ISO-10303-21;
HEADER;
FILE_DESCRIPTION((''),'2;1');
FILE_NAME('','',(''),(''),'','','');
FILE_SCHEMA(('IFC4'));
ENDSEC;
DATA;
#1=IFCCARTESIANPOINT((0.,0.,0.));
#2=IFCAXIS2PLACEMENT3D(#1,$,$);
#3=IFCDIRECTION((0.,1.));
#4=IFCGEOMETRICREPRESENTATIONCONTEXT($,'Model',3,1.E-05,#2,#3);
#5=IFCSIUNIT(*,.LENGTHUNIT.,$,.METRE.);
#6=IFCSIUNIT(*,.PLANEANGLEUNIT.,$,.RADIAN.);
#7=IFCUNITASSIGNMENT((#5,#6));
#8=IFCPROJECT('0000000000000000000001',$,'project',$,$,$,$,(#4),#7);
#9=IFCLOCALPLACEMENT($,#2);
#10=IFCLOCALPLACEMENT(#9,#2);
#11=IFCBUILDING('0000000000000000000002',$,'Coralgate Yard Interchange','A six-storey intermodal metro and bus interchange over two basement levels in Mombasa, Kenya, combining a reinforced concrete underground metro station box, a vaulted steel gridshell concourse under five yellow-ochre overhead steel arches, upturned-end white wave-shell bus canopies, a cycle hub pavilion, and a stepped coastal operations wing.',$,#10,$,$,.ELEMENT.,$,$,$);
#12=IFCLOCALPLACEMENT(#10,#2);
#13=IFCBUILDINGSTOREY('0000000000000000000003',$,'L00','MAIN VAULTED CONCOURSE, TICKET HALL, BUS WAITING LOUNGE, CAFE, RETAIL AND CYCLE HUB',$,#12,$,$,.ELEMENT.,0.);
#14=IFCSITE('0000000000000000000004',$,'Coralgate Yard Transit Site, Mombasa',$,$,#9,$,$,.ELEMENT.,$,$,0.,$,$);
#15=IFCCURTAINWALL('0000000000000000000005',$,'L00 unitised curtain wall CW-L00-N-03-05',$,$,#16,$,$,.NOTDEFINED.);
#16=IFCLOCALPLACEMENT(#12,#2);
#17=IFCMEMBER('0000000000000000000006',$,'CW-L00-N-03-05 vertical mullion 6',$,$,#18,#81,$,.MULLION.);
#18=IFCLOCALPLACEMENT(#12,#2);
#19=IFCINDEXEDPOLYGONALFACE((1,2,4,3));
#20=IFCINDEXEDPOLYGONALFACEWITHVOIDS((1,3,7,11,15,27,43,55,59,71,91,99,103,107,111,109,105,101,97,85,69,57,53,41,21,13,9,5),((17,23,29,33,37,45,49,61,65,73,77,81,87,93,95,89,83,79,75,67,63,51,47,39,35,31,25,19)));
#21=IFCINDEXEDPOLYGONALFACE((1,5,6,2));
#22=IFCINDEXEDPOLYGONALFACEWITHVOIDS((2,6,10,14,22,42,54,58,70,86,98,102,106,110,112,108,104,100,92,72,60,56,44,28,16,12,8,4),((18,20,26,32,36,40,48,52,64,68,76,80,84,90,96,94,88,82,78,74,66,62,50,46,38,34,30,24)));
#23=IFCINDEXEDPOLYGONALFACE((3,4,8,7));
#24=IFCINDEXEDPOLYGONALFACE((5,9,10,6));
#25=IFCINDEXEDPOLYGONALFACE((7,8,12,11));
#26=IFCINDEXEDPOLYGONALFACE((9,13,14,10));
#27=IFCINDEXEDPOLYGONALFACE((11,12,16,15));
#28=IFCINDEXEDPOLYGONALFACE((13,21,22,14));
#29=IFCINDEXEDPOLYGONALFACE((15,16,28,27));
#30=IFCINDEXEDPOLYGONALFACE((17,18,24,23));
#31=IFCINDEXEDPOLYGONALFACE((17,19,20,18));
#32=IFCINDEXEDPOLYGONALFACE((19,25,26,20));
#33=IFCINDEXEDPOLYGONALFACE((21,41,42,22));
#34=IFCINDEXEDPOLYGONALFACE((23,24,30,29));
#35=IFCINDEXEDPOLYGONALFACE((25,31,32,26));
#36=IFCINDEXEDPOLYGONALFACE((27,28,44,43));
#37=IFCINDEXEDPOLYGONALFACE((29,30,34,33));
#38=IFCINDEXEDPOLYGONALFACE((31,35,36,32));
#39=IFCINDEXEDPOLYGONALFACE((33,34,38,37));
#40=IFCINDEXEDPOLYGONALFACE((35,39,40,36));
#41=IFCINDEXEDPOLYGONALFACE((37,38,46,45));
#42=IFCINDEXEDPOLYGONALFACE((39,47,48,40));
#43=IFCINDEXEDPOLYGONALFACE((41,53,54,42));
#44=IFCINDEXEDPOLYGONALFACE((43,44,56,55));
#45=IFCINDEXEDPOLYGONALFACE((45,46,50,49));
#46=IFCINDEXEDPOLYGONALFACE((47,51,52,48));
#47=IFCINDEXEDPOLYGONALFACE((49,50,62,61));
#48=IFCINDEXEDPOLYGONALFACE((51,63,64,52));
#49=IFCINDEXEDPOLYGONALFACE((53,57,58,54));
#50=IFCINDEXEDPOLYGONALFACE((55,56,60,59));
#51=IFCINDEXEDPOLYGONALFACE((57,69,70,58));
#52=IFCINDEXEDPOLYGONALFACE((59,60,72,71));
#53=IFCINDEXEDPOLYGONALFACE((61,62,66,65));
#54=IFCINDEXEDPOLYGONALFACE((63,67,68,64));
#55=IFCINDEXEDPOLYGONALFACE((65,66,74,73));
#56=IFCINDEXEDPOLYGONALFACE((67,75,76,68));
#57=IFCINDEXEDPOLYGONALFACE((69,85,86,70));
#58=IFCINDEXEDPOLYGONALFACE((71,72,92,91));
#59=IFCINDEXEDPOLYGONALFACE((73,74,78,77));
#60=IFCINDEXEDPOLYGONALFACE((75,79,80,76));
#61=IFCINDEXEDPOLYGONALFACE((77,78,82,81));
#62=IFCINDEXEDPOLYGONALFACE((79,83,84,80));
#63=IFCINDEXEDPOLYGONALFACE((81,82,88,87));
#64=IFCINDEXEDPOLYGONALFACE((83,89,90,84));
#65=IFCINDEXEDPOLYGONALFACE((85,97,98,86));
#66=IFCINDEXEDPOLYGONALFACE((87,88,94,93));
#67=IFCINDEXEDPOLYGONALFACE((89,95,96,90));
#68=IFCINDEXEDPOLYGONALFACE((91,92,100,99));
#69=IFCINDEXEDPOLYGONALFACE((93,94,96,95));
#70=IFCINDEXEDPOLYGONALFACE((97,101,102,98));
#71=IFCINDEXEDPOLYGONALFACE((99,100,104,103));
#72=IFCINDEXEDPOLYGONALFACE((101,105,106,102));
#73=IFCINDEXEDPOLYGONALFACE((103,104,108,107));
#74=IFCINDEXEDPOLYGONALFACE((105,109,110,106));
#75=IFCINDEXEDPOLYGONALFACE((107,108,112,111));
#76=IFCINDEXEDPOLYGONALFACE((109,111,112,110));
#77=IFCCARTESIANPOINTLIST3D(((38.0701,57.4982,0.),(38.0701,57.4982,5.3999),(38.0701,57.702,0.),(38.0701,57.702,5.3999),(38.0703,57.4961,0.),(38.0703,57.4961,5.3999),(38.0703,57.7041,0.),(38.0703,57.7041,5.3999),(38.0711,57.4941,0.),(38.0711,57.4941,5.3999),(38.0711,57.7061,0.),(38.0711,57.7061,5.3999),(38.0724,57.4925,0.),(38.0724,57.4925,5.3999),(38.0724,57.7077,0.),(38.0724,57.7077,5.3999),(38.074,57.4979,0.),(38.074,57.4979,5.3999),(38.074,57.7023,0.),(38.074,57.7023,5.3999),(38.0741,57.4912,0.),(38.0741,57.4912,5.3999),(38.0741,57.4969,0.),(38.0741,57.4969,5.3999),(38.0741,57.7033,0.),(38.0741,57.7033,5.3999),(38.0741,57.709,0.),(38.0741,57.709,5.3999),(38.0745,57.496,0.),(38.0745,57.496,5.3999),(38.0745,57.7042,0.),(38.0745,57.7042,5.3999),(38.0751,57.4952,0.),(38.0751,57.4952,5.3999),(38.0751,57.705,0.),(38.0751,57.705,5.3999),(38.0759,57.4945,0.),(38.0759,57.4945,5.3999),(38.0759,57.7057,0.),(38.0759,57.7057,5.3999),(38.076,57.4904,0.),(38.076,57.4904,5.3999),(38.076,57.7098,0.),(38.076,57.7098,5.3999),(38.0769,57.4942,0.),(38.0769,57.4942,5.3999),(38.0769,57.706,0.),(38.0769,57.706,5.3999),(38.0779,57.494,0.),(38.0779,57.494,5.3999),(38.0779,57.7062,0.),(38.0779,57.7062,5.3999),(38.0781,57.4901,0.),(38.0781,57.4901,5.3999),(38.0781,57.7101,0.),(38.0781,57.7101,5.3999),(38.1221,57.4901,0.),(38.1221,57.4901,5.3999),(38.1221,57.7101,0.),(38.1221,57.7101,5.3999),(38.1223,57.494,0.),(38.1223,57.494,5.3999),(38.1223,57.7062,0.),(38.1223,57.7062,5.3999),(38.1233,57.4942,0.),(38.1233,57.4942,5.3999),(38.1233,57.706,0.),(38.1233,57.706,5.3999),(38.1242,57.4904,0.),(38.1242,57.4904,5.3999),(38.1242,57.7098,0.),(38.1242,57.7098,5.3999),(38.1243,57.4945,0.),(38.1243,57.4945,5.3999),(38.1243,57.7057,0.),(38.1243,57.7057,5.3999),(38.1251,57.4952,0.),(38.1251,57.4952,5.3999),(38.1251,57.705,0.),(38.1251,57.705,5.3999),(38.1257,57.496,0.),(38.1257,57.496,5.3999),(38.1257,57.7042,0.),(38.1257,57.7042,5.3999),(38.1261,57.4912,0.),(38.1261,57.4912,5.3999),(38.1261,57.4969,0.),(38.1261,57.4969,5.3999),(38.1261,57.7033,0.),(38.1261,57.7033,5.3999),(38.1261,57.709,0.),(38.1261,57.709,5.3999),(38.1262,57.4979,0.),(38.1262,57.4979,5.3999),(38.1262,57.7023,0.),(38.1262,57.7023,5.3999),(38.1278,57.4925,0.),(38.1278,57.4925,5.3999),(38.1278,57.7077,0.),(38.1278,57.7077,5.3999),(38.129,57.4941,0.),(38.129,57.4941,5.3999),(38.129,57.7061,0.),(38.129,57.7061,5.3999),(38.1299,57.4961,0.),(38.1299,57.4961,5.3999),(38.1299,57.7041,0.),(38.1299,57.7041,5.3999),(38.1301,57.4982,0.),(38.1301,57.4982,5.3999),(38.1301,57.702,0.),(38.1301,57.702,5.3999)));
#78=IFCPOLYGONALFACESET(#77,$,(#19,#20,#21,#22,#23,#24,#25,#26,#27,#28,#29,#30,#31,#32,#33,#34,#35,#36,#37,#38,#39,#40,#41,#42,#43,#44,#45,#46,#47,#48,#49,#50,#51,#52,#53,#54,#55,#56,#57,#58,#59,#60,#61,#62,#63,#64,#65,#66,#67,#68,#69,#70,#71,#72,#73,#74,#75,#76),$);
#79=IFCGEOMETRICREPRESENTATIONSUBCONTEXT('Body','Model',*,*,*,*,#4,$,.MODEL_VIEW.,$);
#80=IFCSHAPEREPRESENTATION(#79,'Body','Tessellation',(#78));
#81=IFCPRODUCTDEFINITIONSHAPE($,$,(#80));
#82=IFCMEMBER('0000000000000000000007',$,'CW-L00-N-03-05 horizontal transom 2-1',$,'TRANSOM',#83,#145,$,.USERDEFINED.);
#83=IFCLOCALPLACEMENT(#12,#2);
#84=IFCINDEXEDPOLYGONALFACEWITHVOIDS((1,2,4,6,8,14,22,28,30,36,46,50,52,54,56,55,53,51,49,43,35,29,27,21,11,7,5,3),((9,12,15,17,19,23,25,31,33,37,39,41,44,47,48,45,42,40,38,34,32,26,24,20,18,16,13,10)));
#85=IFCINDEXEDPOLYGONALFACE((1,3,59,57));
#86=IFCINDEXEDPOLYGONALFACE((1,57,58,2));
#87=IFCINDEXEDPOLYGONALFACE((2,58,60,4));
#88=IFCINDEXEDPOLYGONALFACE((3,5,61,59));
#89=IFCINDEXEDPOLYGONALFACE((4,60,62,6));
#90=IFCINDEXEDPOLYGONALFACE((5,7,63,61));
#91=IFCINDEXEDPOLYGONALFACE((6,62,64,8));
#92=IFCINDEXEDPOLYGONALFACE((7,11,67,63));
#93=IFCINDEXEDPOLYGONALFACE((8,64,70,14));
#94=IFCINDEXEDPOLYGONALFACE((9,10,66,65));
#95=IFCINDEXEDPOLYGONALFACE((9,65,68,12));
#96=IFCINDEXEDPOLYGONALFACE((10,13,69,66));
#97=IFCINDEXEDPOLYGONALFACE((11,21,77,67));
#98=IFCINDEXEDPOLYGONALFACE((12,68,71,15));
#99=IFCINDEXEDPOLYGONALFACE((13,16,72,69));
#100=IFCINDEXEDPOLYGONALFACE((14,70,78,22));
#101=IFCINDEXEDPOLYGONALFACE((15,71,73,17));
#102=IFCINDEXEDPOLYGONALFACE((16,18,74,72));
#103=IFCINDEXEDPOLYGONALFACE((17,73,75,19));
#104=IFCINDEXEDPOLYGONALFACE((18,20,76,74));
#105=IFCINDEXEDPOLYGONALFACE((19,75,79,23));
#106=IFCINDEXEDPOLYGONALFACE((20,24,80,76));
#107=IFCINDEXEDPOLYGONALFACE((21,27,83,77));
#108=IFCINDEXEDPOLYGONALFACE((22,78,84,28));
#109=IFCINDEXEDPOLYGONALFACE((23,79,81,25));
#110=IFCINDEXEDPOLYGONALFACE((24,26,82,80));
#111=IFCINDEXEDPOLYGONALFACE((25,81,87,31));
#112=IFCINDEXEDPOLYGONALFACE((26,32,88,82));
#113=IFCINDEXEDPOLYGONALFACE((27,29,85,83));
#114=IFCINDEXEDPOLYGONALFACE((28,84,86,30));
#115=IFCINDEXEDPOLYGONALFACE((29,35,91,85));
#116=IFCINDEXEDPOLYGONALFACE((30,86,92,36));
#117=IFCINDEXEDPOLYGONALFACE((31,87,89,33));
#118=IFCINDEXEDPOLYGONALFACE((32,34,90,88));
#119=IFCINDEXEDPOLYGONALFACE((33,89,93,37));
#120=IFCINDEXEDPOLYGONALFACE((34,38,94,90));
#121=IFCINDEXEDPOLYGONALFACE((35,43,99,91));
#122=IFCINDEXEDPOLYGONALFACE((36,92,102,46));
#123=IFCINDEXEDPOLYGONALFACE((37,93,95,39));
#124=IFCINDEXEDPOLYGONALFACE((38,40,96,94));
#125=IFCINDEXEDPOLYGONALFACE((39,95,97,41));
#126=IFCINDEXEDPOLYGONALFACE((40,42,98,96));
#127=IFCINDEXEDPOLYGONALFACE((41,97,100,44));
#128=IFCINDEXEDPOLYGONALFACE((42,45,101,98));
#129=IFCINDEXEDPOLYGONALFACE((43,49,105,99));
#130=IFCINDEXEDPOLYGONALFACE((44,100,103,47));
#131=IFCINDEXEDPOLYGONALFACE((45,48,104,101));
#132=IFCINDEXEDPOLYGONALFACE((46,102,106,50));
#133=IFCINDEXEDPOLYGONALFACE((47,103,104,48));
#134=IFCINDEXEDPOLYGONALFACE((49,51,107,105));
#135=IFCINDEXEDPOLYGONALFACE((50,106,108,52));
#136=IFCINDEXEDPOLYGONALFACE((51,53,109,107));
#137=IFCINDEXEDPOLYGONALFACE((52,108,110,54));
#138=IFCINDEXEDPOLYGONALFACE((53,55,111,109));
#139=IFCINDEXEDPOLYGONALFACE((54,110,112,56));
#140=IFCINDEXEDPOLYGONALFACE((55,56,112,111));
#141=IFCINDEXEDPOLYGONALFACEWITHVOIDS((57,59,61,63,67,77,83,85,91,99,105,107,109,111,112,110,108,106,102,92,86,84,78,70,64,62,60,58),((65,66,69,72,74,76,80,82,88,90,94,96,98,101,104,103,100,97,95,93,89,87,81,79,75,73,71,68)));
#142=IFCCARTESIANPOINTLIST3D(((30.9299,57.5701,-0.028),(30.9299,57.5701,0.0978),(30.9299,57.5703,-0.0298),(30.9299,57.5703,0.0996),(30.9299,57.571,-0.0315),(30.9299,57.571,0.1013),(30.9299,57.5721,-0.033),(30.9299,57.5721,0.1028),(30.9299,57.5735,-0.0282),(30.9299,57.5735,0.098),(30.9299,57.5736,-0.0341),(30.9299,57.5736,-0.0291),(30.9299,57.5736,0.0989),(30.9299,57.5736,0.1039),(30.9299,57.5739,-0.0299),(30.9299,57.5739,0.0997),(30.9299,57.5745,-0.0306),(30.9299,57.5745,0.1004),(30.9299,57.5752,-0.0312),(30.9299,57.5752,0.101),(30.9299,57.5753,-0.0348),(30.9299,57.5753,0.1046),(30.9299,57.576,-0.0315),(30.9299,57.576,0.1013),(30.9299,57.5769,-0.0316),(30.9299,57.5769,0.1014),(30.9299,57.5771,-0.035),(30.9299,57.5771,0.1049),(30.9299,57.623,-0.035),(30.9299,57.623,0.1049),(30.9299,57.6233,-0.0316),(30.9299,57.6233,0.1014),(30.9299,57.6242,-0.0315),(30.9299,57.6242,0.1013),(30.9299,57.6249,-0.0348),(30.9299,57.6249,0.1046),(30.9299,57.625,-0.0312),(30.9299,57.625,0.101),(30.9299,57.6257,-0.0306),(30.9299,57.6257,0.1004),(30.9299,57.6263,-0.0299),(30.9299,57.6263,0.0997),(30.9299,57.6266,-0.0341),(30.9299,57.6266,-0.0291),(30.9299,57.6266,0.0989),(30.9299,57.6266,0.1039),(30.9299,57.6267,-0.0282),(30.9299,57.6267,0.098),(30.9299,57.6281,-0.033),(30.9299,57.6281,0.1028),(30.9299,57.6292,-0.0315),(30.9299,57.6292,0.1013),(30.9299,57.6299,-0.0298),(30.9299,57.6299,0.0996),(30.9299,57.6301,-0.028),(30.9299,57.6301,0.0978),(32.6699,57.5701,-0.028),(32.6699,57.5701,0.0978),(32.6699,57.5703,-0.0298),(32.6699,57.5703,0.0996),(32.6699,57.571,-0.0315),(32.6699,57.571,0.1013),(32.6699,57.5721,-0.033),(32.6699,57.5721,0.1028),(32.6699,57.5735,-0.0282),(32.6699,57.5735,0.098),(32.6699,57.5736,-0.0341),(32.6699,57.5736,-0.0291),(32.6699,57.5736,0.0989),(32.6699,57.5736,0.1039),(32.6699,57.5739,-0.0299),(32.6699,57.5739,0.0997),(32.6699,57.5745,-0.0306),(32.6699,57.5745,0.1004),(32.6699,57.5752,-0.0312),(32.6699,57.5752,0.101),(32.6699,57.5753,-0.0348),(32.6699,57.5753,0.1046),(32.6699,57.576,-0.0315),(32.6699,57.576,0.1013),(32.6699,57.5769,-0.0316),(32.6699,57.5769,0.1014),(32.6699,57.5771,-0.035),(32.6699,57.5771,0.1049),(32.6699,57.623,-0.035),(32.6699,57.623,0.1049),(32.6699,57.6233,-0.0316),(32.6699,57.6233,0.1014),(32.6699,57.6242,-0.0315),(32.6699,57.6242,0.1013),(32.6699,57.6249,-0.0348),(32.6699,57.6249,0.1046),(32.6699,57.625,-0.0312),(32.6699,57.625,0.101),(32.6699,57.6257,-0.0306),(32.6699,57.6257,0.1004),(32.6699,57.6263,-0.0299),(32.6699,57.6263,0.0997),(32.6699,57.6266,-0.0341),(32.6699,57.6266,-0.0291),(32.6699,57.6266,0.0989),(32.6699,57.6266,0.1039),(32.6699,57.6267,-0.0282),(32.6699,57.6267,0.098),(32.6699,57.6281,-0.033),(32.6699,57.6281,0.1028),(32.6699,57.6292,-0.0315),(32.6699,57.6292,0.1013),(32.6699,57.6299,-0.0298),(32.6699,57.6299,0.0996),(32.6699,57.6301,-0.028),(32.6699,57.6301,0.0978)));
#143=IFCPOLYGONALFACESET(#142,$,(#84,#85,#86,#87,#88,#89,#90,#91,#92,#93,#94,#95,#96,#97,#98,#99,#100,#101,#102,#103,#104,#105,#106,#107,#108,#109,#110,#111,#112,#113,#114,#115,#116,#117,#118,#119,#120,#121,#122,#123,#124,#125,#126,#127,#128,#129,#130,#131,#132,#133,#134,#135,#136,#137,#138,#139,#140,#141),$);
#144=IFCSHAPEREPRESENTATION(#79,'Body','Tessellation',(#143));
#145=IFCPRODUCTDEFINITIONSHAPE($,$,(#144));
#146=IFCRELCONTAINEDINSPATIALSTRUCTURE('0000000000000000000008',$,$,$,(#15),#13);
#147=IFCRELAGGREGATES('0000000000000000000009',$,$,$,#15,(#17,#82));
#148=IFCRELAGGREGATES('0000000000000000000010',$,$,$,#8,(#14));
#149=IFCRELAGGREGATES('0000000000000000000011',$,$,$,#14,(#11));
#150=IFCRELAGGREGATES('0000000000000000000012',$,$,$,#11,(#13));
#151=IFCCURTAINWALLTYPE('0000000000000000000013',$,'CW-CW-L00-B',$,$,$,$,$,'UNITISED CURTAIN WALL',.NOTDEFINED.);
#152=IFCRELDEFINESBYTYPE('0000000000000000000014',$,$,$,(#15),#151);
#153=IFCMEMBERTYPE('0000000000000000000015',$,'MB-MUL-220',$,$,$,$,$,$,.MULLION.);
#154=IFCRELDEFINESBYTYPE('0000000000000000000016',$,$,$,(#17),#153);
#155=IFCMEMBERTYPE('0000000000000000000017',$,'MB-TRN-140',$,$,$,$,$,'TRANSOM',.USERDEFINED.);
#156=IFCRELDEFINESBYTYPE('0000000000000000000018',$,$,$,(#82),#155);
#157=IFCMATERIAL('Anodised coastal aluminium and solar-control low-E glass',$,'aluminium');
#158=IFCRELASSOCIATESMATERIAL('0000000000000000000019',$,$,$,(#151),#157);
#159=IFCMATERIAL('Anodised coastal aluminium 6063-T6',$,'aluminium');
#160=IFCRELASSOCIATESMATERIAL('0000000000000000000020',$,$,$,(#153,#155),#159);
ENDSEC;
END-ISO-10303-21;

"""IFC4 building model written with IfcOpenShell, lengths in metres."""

from ifc_helpers import new_model, si_unit, direction, frame, origin, origin_2d, place, context, subcontext, project, spatial, hollow_rectangle, extrude, material, material_profile, profile_set, type_object, element, aggregate, save


model = new_model("IFC4")

# Units and contexts
model_context = context("Model", 3, precision=1e-05, world=origin(), true_north=direction((0.0, 1.0)))
body_context = subcontext(model_context, "Body", "Model", "MODEL_VIEW")
ifc_project = project(units=[si_unit("LENGTHUNIT", "METRE"), si_unit("PLANEANGLEUNIT", "RADIAN")], contexts=[model_context])

# Site, building, storey
site_placement = place(None, origin())
site = spatial("IfcSite", under=ifc_project, at=site_placement, Name="Coralgate Yard Transit Site, Mombasa", CompositionType="ELEMENT", RefElevation=0.0)
building_placement = place(site_placement, origin())
building = spatial("IfcBuilding", under=site, at=building_placement, Name="Coralgate Yard Interchange", Description="A six-storey intermodal metro and bus interchange over two basement levels in Mombasa, Kenya, combining a reinforced concrete underground metro station box, a vaulted steel gridshell concourse under five yellow-ochre overhead steel arches, upturned-end white wave-shell bus canopies, a cycle hub pavilion, and a stepped coastal operations wing.", CompositionType="ELEMENT")
storey_placement = place(building_placement, origin())
storey = spatial("IfcBuildingStorey", under=building, at=storey_placement, Name="L00", Description="MAIN VAULTED CONCOURSE, TICKET HALL, BUS WAITING LOUNGE, CAFE, RETAIL AND CYCLE HUB", CompositionType="ELEMENT", Elevation=0.0)

# Curtain wall, members
ifc_material_1 = material(Name="Anodised coastal aluminium and solar-control low-E glass", Category="aluminium")
curtain_wall_type = type_object("IfcCurtainWallType", Name="CW-CW-L00-B", ElementType="UNITISED CURTAIN WALL", PredefinedType="NOTDEFINED", material=ifc_material_1)
curtain_wall_placement = place(storey_placement, origin())
curtain_wall = element("IfcCurtainWall", 1, at=curtain_wall_placement, inside=storey, type_object=curtain_wall_type, Name="L00 unitised curtain wall CW-L00-N-03-05", PredefinedType="NOTDEFINED")
ifc_material_2 = material(Name="Anodised coastal aluminium 6063-T6", Category="aluminium")
ifc_material_profile_1 = material_profile(ifc_material_2, hollow_rectangle(XDim=0.0601, YDim=0.22, WallThickness=0.0039, InnerFilletRadius=0.0039, OuterFilletRadius=0.0081, at=origin_2d()), Name="ALU 60x220x4")
ifc_profile_set_1 = profile_set([ifc_material_profile_1], Name="Anodised coastal aluminium 6063-T6")
member_type_1 = type_object("IfcMemberType", Name="MB-MUL-220", PredefinedType="MULLION", material=ifc_profile_set_1)
member_1_placement = place(storey_placement, frame((38.1001, 57.6001, 0.0), z_axis=(0.0, 0.0, 1.0), x_axis=(1.0, 0.0, 0.0)))
member_1 = element("IfcMember", 2, at=member_1_placement, type_object=member_type_1, Name="CW-L00-N-03-05 vertical mullion 6", PredefinedType="MULLION", context=body_context, shape_type="SweptSolid", body=[
    extrude(hollow_rectangle(XDim=0.0601, YDim=0.22, WallThickness=0.0039, InnerFilletRadius=0.0039, OuterFilletRadius=0.0081, at=origin_2d()), origin(), (0.0, 0.0, 1.0), 5.3999),
])
ifc_material_profile_2 = material_profile(ifc_material_2, hollow_rectangle(XDim=0.0601, YDim=0.1399, WallThickness=0.0034, InnerFilletRadius=0.0034, OuterFilletRadius=0.0071, at=origin_2d()), Name="ALU 60x140x3.5")
ifc_profile_set_2 = profile_set([ifc_material_profile_2], Name="Anodised coastal aluminium 6063-T6")
member_type_2 = type_object("IfcMemberType", Name="MB-TRN-140", ElementType="TRANSOM", PredefinedType="USERDEFINED", material=ifc_profile_set_2)
member_2_placement = place(storey_placement, frame((30.9299, 57.6001, 0.0349), z_axis=(1.0, 0.0, 0.0), x_axis=(0.0, 1.0, 0.0)))
member_2 = element("IfcMember", 3, at=member_2_placement, type_object=member_type_2, Name="CW-L00-N-03-05 horizontal transom 2-1", ObjectType="TRANSOM", PredefinedType="USERDEFINED", context=body_context, shape_type="SweptSolid", body=[
    extrude(hollow_rectangle(XDim=0.0601, YDim=0.1399, WallThickness=0.0034, InnerFilletRadius=0.0034, OuterFilletRadius=0.0071, at=origin_2d()), origin(), (0.0, 0.0, 1.0), 1.74),
])
aggregate(curtain_wall, [member_1, member_2])

save(model, "model.ifc")
